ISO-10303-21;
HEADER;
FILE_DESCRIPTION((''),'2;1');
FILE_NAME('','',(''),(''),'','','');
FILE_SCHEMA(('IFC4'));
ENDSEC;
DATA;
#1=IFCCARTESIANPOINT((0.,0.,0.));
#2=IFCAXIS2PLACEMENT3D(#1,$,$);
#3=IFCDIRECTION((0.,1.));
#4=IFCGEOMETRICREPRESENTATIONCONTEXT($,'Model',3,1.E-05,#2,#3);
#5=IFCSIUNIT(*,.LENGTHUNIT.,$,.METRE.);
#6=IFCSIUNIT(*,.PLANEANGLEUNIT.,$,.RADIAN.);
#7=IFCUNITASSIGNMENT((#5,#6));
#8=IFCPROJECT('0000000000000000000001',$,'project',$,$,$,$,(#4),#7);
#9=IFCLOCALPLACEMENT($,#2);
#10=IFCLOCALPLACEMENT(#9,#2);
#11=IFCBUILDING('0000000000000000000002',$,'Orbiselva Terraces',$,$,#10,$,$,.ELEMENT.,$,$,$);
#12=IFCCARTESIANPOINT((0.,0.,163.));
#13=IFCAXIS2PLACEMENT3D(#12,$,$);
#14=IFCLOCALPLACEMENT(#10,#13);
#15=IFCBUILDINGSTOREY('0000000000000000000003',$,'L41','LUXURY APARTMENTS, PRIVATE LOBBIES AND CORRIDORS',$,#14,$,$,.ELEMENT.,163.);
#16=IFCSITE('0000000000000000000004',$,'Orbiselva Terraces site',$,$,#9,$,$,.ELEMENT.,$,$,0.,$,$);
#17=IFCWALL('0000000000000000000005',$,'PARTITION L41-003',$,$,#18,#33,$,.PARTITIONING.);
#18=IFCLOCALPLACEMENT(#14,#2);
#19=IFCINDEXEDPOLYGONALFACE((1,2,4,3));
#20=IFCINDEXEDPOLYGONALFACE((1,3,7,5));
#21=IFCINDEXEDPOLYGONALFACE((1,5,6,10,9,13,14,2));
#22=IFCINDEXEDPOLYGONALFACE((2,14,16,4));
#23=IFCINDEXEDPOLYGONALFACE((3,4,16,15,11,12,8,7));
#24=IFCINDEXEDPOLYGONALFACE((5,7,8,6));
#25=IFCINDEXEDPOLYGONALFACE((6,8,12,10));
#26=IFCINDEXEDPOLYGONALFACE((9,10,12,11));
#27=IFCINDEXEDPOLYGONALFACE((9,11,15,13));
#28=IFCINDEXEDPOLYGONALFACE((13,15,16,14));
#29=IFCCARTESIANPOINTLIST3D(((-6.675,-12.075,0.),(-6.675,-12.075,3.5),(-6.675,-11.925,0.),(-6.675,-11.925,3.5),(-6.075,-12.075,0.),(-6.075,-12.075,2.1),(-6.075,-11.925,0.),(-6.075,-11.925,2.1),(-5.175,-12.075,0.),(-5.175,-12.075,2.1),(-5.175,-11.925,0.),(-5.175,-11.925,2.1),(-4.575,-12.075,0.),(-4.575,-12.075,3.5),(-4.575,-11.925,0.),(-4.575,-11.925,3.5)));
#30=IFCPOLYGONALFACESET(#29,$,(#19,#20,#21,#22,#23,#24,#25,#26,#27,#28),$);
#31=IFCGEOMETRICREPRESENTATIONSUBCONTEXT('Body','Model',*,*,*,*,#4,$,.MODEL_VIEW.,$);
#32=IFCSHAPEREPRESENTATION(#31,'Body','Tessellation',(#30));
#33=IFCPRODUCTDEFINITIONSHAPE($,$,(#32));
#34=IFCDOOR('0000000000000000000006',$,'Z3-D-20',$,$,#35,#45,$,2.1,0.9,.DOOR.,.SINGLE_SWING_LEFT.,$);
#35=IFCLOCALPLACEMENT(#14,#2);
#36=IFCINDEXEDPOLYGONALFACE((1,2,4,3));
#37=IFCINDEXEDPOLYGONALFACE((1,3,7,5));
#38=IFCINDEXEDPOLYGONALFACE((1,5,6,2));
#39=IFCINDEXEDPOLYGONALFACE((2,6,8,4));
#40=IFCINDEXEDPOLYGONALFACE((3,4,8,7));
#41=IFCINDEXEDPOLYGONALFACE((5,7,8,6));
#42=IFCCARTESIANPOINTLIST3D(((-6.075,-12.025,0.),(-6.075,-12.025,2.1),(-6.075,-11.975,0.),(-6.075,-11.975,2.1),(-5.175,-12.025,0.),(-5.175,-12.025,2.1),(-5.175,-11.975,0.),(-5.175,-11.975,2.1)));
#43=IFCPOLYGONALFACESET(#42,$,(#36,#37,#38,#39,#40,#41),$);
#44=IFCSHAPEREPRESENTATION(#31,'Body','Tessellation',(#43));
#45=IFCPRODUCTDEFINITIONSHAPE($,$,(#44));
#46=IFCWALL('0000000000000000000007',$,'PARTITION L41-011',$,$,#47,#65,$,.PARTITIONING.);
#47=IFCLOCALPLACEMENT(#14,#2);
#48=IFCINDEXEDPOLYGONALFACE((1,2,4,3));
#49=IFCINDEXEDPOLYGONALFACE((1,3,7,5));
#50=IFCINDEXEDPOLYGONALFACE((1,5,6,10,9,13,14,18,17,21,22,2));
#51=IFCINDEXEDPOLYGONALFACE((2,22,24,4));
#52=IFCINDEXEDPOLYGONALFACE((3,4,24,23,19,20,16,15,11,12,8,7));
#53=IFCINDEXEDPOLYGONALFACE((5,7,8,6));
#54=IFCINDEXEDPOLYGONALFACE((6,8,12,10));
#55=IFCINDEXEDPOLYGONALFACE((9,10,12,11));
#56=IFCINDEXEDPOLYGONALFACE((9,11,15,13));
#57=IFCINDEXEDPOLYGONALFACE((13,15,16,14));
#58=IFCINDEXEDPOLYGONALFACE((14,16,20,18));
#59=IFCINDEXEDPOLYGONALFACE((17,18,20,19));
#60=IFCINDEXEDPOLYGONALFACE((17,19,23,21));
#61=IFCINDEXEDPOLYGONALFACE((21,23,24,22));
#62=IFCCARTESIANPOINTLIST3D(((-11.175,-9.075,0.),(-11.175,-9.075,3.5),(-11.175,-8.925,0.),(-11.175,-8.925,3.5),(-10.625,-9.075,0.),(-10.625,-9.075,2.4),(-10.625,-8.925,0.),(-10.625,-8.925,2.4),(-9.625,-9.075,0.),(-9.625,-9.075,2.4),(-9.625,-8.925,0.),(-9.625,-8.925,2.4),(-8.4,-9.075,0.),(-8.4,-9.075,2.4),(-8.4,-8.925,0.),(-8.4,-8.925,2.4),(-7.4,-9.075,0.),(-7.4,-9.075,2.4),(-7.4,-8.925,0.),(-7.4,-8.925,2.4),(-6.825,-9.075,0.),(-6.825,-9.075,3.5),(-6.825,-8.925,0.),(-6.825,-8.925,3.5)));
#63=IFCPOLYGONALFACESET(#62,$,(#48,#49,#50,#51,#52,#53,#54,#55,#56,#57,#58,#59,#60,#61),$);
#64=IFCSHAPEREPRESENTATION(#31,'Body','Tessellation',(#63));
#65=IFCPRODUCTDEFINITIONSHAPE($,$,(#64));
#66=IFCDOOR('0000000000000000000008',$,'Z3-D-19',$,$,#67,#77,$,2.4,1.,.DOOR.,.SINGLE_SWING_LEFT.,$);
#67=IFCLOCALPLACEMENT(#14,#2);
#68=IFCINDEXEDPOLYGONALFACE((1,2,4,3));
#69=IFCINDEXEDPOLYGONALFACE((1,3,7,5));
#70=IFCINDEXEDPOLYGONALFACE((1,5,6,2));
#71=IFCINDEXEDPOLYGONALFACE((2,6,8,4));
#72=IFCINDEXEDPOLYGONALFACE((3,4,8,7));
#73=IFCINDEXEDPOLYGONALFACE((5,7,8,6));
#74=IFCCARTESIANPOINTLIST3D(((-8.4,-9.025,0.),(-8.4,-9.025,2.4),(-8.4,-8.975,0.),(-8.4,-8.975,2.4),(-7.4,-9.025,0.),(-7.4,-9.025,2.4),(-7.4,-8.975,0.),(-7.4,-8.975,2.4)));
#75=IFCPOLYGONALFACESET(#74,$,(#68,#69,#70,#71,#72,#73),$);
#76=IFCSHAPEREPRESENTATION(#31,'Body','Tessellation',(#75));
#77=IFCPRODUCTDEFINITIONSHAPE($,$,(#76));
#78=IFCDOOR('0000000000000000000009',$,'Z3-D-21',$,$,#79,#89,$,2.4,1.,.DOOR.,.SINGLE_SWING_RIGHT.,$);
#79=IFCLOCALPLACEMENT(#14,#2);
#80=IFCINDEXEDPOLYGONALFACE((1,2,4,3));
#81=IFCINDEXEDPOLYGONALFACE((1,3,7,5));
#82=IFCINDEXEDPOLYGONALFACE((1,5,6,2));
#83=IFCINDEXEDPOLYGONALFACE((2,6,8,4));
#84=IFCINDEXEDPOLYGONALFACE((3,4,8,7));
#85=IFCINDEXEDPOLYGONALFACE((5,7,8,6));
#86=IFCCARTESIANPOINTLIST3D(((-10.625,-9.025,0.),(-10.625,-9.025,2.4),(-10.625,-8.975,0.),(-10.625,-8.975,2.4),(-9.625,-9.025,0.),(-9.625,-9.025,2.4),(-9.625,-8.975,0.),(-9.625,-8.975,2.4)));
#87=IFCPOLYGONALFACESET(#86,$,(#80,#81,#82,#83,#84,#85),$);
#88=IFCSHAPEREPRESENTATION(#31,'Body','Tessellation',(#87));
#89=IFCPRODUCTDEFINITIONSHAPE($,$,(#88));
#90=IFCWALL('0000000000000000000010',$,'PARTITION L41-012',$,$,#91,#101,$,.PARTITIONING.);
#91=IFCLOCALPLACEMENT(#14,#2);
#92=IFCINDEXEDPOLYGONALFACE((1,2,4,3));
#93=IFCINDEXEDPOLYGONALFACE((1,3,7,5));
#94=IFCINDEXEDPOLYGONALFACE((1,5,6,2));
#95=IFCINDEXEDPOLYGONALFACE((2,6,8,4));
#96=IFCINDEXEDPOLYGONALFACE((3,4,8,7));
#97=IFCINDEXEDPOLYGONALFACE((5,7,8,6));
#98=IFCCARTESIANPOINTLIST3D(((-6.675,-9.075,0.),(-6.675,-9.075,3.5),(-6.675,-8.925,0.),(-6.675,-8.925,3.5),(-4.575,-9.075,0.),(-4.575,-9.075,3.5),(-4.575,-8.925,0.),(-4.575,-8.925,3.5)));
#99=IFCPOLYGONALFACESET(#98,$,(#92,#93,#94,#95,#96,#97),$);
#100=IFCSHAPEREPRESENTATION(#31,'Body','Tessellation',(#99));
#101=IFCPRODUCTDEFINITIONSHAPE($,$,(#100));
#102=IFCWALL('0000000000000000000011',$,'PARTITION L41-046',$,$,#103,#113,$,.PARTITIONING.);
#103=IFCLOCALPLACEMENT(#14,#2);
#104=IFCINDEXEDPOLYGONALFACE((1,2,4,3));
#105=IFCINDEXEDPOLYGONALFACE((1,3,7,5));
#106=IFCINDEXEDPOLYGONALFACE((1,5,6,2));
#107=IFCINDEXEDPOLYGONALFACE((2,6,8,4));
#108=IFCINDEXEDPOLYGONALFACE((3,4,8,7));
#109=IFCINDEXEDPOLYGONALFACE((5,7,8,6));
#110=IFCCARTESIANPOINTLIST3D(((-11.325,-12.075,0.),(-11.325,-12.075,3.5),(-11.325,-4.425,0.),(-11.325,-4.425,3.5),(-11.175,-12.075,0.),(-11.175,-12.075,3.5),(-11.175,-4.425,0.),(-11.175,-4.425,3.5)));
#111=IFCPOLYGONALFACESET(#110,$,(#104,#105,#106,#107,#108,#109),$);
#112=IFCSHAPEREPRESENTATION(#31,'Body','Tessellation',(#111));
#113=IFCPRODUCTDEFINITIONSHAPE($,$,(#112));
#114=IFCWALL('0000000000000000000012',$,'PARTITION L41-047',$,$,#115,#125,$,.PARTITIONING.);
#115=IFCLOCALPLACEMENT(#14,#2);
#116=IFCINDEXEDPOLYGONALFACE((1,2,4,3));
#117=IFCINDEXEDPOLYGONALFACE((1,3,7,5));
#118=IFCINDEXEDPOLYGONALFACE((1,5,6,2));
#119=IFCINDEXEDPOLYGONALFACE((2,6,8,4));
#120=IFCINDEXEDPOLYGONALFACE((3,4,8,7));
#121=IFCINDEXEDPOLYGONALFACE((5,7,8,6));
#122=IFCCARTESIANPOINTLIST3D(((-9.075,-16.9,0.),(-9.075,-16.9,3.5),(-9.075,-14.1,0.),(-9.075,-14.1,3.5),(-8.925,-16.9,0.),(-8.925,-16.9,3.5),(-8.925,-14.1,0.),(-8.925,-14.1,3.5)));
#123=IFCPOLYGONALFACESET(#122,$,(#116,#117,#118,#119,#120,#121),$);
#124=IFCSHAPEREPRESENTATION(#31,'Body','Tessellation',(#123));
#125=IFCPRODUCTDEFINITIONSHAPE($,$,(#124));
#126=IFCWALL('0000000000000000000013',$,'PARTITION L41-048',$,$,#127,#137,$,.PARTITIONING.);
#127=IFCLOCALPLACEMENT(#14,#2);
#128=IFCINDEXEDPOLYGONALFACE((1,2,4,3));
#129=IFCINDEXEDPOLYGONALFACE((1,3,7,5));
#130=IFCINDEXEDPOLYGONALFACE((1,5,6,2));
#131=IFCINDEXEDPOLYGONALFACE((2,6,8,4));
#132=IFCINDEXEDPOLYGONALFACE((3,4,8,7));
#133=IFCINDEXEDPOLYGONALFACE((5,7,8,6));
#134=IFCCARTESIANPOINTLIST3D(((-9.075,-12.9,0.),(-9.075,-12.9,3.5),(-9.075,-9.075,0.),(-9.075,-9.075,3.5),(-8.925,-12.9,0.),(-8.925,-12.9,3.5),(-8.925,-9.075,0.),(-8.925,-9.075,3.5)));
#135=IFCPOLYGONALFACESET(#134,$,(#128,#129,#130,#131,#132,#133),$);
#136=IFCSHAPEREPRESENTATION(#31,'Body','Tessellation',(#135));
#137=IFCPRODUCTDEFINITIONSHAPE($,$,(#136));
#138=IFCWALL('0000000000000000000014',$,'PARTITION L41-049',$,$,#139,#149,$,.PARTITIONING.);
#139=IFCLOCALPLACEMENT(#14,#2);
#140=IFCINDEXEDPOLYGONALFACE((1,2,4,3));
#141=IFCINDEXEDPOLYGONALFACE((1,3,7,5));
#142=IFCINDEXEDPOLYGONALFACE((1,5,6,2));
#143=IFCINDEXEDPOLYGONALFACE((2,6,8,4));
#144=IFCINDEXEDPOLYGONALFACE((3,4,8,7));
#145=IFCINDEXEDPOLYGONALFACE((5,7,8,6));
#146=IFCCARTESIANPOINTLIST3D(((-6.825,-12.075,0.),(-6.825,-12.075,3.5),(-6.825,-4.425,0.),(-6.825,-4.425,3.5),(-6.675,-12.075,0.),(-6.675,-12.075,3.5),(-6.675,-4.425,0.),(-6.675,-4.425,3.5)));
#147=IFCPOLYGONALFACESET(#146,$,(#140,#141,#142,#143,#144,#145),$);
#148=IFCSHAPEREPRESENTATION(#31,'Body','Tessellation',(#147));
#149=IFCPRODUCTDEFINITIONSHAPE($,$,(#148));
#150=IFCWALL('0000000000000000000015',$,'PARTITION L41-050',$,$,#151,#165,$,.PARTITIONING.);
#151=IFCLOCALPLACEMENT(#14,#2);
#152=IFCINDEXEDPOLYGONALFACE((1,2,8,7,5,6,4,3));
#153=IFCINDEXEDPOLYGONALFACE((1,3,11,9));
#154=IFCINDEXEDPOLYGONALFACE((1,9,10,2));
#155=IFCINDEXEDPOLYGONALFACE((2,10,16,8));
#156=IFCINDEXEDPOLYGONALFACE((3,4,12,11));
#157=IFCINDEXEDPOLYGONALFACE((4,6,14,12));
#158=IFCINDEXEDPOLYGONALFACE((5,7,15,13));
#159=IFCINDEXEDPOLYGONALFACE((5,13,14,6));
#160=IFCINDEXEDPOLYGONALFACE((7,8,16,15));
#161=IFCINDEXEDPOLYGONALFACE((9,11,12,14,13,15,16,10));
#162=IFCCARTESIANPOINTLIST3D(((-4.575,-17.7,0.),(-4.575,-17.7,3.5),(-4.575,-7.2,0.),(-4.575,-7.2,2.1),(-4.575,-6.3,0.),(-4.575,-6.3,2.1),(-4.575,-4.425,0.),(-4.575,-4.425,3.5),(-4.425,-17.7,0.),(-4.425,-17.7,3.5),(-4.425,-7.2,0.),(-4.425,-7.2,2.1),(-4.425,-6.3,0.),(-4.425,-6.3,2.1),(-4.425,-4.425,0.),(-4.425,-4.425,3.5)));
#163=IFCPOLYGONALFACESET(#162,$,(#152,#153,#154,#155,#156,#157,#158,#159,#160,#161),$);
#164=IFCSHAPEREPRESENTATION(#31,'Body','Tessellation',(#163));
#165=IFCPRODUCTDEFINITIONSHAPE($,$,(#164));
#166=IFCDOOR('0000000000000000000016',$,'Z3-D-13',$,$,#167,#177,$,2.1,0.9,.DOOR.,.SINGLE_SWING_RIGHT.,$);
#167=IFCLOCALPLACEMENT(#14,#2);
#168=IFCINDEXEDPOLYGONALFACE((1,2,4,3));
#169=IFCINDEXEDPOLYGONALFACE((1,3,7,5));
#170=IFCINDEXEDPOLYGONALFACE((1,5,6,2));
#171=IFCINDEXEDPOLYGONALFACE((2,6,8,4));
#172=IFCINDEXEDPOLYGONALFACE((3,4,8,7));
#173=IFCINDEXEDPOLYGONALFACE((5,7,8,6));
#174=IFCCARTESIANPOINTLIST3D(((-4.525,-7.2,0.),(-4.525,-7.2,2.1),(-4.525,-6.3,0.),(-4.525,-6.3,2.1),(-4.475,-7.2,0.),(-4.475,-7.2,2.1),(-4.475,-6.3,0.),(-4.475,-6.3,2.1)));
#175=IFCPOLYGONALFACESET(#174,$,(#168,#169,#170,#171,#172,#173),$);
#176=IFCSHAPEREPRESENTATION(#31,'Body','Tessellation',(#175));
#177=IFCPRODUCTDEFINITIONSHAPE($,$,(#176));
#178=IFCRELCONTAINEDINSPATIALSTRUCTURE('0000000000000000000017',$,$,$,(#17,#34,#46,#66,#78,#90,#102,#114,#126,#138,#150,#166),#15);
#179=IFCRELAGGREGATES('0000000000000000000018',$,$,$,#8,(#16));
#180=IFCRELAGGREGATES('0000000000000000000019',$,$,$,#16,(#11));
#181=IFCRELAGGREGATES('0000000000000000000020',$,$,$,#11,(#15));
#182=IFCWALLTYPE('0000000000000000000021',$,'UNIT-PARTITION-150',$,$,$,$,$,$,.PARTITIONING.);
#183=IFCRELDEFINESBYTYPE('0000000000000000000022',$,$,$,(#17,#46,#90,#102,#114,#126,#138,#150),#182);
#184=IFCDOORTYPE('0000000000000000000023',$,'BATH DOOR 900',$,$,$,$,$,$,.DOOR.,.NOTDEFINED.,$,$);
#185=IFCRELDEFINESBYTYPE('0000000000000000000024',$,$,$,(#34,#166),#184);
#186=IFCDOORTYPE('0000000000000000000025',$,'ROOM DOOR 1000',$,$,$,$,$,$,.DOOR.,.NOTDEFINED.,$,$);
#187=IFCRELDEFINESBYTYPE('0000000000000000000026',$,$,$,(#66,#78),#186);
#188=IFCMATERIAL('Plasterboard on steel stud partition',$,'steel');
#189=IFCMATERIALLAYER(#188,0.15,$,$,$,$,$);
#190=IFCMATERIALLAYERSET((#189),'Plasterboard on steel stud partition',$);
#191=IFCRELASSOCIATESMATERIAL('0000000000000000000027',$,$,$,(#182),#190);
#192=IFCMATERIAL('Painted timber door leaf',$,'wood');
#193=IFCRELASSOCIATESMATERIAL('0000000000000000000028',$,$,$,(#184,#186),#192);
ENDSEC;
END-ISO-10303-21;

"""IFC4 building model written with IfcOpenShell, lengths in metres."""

from ifc_helpers import new_model, si_unit, direction, frame, frame_2d, origin, place, context, subcontext, project, spatial, rectangle, extrude, material, layer, layer_set, type_object, element, fill, save


model = new_model("IFC4")

# Units and contexts
model_context = context("Model", 3, precision=1e-05, world=origin(), true_north=direction((0.0, 1.0)))
body_context = subcontext(model_context, "Body", "Model", "MODEL_VIEW")
ifc_project = project(units=[si_unit("LENGTHUNIT", "METRE"), si_unit("PLANEANGLEUNIT", "RADIAN")], contexts=[model_context])

# Site, building, storey
site_placement = place(None, origin())
site = spatial("IfcSite", under=ifc_project, at=site_placement, Name="Orbiselva Terraces site", CompositionType="ELEMENT", RefElevation=0.0)
building_placement = place(site_placement, origin())
building = spatial("IfcBuilding", under=site, at=building_placement, Name="Orbiselva Terraces", CompositionType="ELEMENT")
storey_placement = place(building_placement, frame((0.0, 0.0, 163.0)))
storey = spatial("IfcBuildingStorey", under=building, at=storey_placement, Name="L41", Description="LUXURY APARTMENTS, PRIVATE LOBBIES AND CORRIDORS", CompositionType="ELEMENT", Elevation=163.0)

# Wall, opening, door
ifc_material_1 = material(Name="Plasterboard on steel stud partition", Category="steel")
ifc_layer_1 = layer(ifc_material_1, 0.15)
ifc_layer_set_1 = layer_set([ifc_layer_1], Name="Plasterboard on steel stud partition")
wall_type_1 = type_object("IfcWallType", Name="UNIT-PARTITION-150", PredefinedType="PARTITIONING", material=ifc_layer_set_1)
wall_1_placement = place(storey_placement, frame((-6.675, -12.0, 0.0), z_axis=(0.0, 0.0, 1.0), x_axis=(1.0, 0.0, 0.0)))
wall_1 = element("IfcWall", 1, at=wall_1_placement, inside=storey, type_object=wall_type_1, Name="PARTITION L41-003", PredefinedType="PARTITIONING", context=body_context, shape_type="SweptSolid", body=[
    extrude(rectangle(XDim=2.1, YDim=0.15, at=frame_2d((1.05, 0.0))), origin(), (0.0, 0.0, 1.0), 3.5),
])
opening_1_placement = place(wall_1_placement, frame((0.6, 0.0, 0.0)))
opening_1 = element("IfcOpeningElement", 2, at=opening_1_placement, cuts=wall_1, PredefinedType="OPENING", context=body_context, shape_type="SweptSolid", body=[
    extrude(rectangle(XDim=0.9, YDim=2.1, at=frame_2d((0.45, 1.05))), frame((0.0, 0.085, 0.0), z_axis=(0.0, -1.0, 0.0), x_axis=(1.0, 0.0, 0.0)), (0.0, 0.0, 1.0), 0.17),
])
ifc_material_2 = material(Name="Painted timber door leaf", Category="wood")
door_type_1 = type_object("IfcDoorType", Name="BATH DOOR 900", OperationType="NOTDEFINED", PredefinedType="DOOR", material=ifc_material_2)
door_1_placement = place(opening_1_placement, origin())
door_1 = element("IfcDoor", 3, at=door_1_placement, inside=storey, type_object=door_type_1, Name="Z3-D-20", OperationType="SINGLE_SWING_LEFT", OverallHeight=2.1, OverallWidth=0.9, PredefinedType="DOOR", context=body_context, shape_type="SweptSolid", body=[
    extrude(rectangle(XDim=0.9, YDim=2.1, at=frame_2d((0.45, 1.05))), frame((0.0, 0.025, 0.0), z_axis=(0.0, -1.0, 0.0), x_axis=(1.0, 0.0, 0.0)), (0.0, 0.0, 1.0), 0.05),
])
fill(opening_1, door_1)

# Wall, openings, doors
wall_2_placement = place(storey_placement, frame((-6.825, -9.0, 0.0), z_axis=(0.0, 0.0, 1.0), x_axis=(-1.0, 0.0, 0.0)))
wall_2 = element("IfcWall", 4, at=wall_2_placement, inside=storey, type_object=wall_type_1, Name="PARTITION L41-011", PredefinedType="PARTITIONING", context=body_context, shape_type="SweptSolid", body=[
    extrude(rectangle(XDim=4.35, YDim=0.15, at=frame_2d((2.175, 0.0))), origin(), (0.0, 0.0, 1.0), 3.5),
])
opening_2_placement = place(wall_2_placement, frame((0.575, 0.0, 0.0)))
opening_2 = element("IfcOpeningElement", 5, at=opening_2_placement, cuts=wall_2, PredefinedType="OPENING", context=body_context, shape_type="SweptSolid", body=[
    extrude(rectangle(XDim=1.0, YDim=2.4, at=frame_2d((0.5, 1.2))), frame((0.0, 0.085, 0.0), z_axis=(0.0, -1.0, 0.0), x_axis=(1.0, 0.0, 0.0)), (0.0, 0.0, 1.0), 0.17),
])
opening_3_placement = place(wall_2_placement, frame((2.8, 0.0, 0.0)))
opening_3 = element("IfcOpeningElement", 6, at=opening_3_placement, cuts=wall_2, PredefinedType="OPENING", context=body_context, shape_type="SweptSolid", body=[
    extrude(rectangle(XDim=1.0, YDim=2.4, at=frame_2d((0.5, 1.2))), frame((0.0, 0.085, 0.0), z_axis=(0.0, -1.0, 0.0), x_axis=(1.0, 0.0, 0.0)), (0.0, 0.0, 1.0), 0.17),
])
door_type_2 = type_object("IfcDoorType", Name="ROOM DOOR 1000", OperationType="NOTDEFINED", PredefinedType="DOOR", material=ifc_material_2)
door_2_placement = place(opening_2_placement, origin())
door_2 = element("IfcDoor", 7, at=door_2_placement, inside=storey, type_object=door_type_2, Name="Z3-D-19", OperationType="SINGLE_SWING_LEFT", OverallHeight=2.4, OverallWidth=1.0, PredefinedType="DOOR", context=body_context, shape_type="SweptSolid", body=[
    extrude(rectangle(XDim=1.0, YDim=2.4, at=frame_2d((0.5, 1.2))), frame((0.0, 0.025, 0.0), z_axis=(0.0, -1.0, 0.0), x_axis=(1.0, 0.0, 0.0)), (0.0, 0.0, 1.0), 0.05),
])
fill(opening_2, door_2)
door_3_placement = place(opening_3_placement, origin())
door_3 = element("IfcDoor", 8, at=door_3_placement, inside=storey, type_object=door_type_2, Name="Z3-D-21", OperationType="SINGLE_SWING_RIGHT", OverallHeight=2.4, OverallWidth=1.0, PredefinedType="DOOR", context=body_context, shape_type="SweptSolid", body=[
    extrude(rectangle(XDim=1.0, YDim=2.4, at=frame_2d((0.5, 1.2))), frame((0.0, 0.025, 0.0), z_axis=(0.0, -1.0, 0.0), x_axis=(1.0, 0.0, 0.0)), (0.0, 0.0, 1.0), 0.05),
])
fill(opening_3, door_3)

# Walls
wall_3_placement = place(storey_placement, frame((-6.675, -9.0, 0.0), z_axis=(0.0, 0.0, 1.0), x_axis=(1.0, 0.0, 0.0)))
element("IfcWall", 9, at=wall_3_placement, inside=storey, type_object=wall_type_1, Name="PARTITION L41-012", PredefinedType="PARTITIONING", context=body_context, shape_type="SweptSolid", body=[
    extrude(rectangle(XDim=2.1, YDim=0.15, at=frame_2d((1.05, 0.0))), origin(), (0.0, 0.0, 1.0), 3.5),
])
wall_4_placement = place(storey_placement, frame((-11.25, -12.075, 0.0), z_axis=(0.0, 0.0, 1.0), x_axis=(0.0, 1.0, 0.0)))
element("IfcWall", 10, at=wall_4_placement, inside=storey, type_object=wall_type_1, Name="PARTITION L41-046", PredefinedType="PARTITIONING", context=body_context, shape_type="SweptSolid", body=[
    extrude(rectangle(XDim=7.65, YDim=0.15, at=frame_2d((3.825, 0.0))), origin(), (0.0, 0.0, 1.0), 3.5),
])
wall_5_placement = place(storey_placement, frame((-9.0, -16.9, 0.0), z_axis=(0.0, 0.0, 1.0), x_axis=(0.0, 1.0, 0.0)))
element("IfcWall", 11, at=wall_5_placement, inside=storey, type_object=wall_type_1, Name="PARTITION L41-047", PredefinedType="PARTITIONING", context=body_context, shape_type="SweptSolid", body=[
    extrude(rectangle(XDim=2.8, YDim=0.15, at=frame_2d((1.4, 0.0))), origin(), (0.0, 0.0, 1.0), 3.5),
])
wall_6_placement = place(storey_placement, frame((-9.0, -12.9, 0.0), z_axis=(0.0, 0.0, 1.0), x_axis=(0.0, 1.0, 0.0)))
element("IfcWall", 12, at=wall_6_placement, inside=storey, type_object=wall_type_1, Name="PARTITION L41-048", PredefinedType="PARTITIONING", context=body_context, shape_type="SweptSolid", body=[
    extrude(rectangle(XDim=3.825, YDim=0.15, at=frame_2d((1.9125, 0.0))), origin(), (0.0, 0.0, 1.0), 3.5),
])
wall_7_placement = place(storey_placement, frame((-6.75, -12.075, 0.0), z_axis=(0.0, 0.0, 1.0), x_axis=(0.0, 1.0, 0.0)))
element("IfcWall", 13, at=wall_7_placement, inside=storey, type_object=wall_type_1, Name="PARTITION L41-049", PredefinedType="PARTITIONING", context=body_context, shape_type="SweptSolid", body=[
    extrude(rectangle(XDim=7.65, YDim=0.15, at=frame_2d((3.825, 0.0))), origin(), (0.0, 0.0, 1.0), 3.5),
])

# Wall, opening, door
wall_8_placement = place(storey_placement, frame((-4.5, -17.7, 0.0), z_axis=(0.0, 0.0, 1.0), x_axis=(0.0, 1.0, 0.0)))
wall_8 = element("IfcWall", 14, at=wall_8_placement, inside=storey, type_object=wall_type_1, Name="PARTITION L41-050", PredefinedType="PARTITIONING", context=body_context, shape_type="SweptSolid", body=[
    extrude(rectangle(XDim=13.275, YDim=0.15, at=frame_2d((6.6375, 0.0))), origin(), (0.0, 0.0, 1.0), 3.5),
])
opening_4_placement = place(wall_8_placement, frame((10.5, 0.0, 0.0)))
opening_4 = element("IfcOpeningElement", 15, at=opening_4_placement, cuts=wall_8, PredefinedType="OPENING", context=body_context, shape_type="SweptSolid", body=[
    extrude(rectangle(XDim=0.9, YDim=2.1, at=frame_2d((0.45, 1.05))), frame((0.0, 0.085, 0.0), z_axis=(0.0, -1.0, 0.0), x_axis=(1.0, 0.0, 0.0)), (0.0, 0.0, 1.0), 0.17),
])
door_4_placement = place(opening_4_placement, origin())
door_4 = element("IfcDoor", 16, at=door_4_placement, inside=storey, type_object=door_type_1, Name="Z3-D-13", OperationType="SINGLE_SWING_RIGHT", OverallHeight=2.1, OverallWidth=0.9, PredefinedType="DOOR", context=body_context, shape_type="SweptSolid", body=[
    extrude(rectangle(XDim=0.9, YDim=2.1, at=frame_2d((0.45, 1.05))), frame((0.0, 0.025, 0.0), z_axis=(0.0, -1.0, 0.0), x_axis=(1.0, 0.0, 0.0)), (0.0, 0.0, 1.0), 0.05),
])
fill(opening_4, door_4)

save(model, "model.ifc")
